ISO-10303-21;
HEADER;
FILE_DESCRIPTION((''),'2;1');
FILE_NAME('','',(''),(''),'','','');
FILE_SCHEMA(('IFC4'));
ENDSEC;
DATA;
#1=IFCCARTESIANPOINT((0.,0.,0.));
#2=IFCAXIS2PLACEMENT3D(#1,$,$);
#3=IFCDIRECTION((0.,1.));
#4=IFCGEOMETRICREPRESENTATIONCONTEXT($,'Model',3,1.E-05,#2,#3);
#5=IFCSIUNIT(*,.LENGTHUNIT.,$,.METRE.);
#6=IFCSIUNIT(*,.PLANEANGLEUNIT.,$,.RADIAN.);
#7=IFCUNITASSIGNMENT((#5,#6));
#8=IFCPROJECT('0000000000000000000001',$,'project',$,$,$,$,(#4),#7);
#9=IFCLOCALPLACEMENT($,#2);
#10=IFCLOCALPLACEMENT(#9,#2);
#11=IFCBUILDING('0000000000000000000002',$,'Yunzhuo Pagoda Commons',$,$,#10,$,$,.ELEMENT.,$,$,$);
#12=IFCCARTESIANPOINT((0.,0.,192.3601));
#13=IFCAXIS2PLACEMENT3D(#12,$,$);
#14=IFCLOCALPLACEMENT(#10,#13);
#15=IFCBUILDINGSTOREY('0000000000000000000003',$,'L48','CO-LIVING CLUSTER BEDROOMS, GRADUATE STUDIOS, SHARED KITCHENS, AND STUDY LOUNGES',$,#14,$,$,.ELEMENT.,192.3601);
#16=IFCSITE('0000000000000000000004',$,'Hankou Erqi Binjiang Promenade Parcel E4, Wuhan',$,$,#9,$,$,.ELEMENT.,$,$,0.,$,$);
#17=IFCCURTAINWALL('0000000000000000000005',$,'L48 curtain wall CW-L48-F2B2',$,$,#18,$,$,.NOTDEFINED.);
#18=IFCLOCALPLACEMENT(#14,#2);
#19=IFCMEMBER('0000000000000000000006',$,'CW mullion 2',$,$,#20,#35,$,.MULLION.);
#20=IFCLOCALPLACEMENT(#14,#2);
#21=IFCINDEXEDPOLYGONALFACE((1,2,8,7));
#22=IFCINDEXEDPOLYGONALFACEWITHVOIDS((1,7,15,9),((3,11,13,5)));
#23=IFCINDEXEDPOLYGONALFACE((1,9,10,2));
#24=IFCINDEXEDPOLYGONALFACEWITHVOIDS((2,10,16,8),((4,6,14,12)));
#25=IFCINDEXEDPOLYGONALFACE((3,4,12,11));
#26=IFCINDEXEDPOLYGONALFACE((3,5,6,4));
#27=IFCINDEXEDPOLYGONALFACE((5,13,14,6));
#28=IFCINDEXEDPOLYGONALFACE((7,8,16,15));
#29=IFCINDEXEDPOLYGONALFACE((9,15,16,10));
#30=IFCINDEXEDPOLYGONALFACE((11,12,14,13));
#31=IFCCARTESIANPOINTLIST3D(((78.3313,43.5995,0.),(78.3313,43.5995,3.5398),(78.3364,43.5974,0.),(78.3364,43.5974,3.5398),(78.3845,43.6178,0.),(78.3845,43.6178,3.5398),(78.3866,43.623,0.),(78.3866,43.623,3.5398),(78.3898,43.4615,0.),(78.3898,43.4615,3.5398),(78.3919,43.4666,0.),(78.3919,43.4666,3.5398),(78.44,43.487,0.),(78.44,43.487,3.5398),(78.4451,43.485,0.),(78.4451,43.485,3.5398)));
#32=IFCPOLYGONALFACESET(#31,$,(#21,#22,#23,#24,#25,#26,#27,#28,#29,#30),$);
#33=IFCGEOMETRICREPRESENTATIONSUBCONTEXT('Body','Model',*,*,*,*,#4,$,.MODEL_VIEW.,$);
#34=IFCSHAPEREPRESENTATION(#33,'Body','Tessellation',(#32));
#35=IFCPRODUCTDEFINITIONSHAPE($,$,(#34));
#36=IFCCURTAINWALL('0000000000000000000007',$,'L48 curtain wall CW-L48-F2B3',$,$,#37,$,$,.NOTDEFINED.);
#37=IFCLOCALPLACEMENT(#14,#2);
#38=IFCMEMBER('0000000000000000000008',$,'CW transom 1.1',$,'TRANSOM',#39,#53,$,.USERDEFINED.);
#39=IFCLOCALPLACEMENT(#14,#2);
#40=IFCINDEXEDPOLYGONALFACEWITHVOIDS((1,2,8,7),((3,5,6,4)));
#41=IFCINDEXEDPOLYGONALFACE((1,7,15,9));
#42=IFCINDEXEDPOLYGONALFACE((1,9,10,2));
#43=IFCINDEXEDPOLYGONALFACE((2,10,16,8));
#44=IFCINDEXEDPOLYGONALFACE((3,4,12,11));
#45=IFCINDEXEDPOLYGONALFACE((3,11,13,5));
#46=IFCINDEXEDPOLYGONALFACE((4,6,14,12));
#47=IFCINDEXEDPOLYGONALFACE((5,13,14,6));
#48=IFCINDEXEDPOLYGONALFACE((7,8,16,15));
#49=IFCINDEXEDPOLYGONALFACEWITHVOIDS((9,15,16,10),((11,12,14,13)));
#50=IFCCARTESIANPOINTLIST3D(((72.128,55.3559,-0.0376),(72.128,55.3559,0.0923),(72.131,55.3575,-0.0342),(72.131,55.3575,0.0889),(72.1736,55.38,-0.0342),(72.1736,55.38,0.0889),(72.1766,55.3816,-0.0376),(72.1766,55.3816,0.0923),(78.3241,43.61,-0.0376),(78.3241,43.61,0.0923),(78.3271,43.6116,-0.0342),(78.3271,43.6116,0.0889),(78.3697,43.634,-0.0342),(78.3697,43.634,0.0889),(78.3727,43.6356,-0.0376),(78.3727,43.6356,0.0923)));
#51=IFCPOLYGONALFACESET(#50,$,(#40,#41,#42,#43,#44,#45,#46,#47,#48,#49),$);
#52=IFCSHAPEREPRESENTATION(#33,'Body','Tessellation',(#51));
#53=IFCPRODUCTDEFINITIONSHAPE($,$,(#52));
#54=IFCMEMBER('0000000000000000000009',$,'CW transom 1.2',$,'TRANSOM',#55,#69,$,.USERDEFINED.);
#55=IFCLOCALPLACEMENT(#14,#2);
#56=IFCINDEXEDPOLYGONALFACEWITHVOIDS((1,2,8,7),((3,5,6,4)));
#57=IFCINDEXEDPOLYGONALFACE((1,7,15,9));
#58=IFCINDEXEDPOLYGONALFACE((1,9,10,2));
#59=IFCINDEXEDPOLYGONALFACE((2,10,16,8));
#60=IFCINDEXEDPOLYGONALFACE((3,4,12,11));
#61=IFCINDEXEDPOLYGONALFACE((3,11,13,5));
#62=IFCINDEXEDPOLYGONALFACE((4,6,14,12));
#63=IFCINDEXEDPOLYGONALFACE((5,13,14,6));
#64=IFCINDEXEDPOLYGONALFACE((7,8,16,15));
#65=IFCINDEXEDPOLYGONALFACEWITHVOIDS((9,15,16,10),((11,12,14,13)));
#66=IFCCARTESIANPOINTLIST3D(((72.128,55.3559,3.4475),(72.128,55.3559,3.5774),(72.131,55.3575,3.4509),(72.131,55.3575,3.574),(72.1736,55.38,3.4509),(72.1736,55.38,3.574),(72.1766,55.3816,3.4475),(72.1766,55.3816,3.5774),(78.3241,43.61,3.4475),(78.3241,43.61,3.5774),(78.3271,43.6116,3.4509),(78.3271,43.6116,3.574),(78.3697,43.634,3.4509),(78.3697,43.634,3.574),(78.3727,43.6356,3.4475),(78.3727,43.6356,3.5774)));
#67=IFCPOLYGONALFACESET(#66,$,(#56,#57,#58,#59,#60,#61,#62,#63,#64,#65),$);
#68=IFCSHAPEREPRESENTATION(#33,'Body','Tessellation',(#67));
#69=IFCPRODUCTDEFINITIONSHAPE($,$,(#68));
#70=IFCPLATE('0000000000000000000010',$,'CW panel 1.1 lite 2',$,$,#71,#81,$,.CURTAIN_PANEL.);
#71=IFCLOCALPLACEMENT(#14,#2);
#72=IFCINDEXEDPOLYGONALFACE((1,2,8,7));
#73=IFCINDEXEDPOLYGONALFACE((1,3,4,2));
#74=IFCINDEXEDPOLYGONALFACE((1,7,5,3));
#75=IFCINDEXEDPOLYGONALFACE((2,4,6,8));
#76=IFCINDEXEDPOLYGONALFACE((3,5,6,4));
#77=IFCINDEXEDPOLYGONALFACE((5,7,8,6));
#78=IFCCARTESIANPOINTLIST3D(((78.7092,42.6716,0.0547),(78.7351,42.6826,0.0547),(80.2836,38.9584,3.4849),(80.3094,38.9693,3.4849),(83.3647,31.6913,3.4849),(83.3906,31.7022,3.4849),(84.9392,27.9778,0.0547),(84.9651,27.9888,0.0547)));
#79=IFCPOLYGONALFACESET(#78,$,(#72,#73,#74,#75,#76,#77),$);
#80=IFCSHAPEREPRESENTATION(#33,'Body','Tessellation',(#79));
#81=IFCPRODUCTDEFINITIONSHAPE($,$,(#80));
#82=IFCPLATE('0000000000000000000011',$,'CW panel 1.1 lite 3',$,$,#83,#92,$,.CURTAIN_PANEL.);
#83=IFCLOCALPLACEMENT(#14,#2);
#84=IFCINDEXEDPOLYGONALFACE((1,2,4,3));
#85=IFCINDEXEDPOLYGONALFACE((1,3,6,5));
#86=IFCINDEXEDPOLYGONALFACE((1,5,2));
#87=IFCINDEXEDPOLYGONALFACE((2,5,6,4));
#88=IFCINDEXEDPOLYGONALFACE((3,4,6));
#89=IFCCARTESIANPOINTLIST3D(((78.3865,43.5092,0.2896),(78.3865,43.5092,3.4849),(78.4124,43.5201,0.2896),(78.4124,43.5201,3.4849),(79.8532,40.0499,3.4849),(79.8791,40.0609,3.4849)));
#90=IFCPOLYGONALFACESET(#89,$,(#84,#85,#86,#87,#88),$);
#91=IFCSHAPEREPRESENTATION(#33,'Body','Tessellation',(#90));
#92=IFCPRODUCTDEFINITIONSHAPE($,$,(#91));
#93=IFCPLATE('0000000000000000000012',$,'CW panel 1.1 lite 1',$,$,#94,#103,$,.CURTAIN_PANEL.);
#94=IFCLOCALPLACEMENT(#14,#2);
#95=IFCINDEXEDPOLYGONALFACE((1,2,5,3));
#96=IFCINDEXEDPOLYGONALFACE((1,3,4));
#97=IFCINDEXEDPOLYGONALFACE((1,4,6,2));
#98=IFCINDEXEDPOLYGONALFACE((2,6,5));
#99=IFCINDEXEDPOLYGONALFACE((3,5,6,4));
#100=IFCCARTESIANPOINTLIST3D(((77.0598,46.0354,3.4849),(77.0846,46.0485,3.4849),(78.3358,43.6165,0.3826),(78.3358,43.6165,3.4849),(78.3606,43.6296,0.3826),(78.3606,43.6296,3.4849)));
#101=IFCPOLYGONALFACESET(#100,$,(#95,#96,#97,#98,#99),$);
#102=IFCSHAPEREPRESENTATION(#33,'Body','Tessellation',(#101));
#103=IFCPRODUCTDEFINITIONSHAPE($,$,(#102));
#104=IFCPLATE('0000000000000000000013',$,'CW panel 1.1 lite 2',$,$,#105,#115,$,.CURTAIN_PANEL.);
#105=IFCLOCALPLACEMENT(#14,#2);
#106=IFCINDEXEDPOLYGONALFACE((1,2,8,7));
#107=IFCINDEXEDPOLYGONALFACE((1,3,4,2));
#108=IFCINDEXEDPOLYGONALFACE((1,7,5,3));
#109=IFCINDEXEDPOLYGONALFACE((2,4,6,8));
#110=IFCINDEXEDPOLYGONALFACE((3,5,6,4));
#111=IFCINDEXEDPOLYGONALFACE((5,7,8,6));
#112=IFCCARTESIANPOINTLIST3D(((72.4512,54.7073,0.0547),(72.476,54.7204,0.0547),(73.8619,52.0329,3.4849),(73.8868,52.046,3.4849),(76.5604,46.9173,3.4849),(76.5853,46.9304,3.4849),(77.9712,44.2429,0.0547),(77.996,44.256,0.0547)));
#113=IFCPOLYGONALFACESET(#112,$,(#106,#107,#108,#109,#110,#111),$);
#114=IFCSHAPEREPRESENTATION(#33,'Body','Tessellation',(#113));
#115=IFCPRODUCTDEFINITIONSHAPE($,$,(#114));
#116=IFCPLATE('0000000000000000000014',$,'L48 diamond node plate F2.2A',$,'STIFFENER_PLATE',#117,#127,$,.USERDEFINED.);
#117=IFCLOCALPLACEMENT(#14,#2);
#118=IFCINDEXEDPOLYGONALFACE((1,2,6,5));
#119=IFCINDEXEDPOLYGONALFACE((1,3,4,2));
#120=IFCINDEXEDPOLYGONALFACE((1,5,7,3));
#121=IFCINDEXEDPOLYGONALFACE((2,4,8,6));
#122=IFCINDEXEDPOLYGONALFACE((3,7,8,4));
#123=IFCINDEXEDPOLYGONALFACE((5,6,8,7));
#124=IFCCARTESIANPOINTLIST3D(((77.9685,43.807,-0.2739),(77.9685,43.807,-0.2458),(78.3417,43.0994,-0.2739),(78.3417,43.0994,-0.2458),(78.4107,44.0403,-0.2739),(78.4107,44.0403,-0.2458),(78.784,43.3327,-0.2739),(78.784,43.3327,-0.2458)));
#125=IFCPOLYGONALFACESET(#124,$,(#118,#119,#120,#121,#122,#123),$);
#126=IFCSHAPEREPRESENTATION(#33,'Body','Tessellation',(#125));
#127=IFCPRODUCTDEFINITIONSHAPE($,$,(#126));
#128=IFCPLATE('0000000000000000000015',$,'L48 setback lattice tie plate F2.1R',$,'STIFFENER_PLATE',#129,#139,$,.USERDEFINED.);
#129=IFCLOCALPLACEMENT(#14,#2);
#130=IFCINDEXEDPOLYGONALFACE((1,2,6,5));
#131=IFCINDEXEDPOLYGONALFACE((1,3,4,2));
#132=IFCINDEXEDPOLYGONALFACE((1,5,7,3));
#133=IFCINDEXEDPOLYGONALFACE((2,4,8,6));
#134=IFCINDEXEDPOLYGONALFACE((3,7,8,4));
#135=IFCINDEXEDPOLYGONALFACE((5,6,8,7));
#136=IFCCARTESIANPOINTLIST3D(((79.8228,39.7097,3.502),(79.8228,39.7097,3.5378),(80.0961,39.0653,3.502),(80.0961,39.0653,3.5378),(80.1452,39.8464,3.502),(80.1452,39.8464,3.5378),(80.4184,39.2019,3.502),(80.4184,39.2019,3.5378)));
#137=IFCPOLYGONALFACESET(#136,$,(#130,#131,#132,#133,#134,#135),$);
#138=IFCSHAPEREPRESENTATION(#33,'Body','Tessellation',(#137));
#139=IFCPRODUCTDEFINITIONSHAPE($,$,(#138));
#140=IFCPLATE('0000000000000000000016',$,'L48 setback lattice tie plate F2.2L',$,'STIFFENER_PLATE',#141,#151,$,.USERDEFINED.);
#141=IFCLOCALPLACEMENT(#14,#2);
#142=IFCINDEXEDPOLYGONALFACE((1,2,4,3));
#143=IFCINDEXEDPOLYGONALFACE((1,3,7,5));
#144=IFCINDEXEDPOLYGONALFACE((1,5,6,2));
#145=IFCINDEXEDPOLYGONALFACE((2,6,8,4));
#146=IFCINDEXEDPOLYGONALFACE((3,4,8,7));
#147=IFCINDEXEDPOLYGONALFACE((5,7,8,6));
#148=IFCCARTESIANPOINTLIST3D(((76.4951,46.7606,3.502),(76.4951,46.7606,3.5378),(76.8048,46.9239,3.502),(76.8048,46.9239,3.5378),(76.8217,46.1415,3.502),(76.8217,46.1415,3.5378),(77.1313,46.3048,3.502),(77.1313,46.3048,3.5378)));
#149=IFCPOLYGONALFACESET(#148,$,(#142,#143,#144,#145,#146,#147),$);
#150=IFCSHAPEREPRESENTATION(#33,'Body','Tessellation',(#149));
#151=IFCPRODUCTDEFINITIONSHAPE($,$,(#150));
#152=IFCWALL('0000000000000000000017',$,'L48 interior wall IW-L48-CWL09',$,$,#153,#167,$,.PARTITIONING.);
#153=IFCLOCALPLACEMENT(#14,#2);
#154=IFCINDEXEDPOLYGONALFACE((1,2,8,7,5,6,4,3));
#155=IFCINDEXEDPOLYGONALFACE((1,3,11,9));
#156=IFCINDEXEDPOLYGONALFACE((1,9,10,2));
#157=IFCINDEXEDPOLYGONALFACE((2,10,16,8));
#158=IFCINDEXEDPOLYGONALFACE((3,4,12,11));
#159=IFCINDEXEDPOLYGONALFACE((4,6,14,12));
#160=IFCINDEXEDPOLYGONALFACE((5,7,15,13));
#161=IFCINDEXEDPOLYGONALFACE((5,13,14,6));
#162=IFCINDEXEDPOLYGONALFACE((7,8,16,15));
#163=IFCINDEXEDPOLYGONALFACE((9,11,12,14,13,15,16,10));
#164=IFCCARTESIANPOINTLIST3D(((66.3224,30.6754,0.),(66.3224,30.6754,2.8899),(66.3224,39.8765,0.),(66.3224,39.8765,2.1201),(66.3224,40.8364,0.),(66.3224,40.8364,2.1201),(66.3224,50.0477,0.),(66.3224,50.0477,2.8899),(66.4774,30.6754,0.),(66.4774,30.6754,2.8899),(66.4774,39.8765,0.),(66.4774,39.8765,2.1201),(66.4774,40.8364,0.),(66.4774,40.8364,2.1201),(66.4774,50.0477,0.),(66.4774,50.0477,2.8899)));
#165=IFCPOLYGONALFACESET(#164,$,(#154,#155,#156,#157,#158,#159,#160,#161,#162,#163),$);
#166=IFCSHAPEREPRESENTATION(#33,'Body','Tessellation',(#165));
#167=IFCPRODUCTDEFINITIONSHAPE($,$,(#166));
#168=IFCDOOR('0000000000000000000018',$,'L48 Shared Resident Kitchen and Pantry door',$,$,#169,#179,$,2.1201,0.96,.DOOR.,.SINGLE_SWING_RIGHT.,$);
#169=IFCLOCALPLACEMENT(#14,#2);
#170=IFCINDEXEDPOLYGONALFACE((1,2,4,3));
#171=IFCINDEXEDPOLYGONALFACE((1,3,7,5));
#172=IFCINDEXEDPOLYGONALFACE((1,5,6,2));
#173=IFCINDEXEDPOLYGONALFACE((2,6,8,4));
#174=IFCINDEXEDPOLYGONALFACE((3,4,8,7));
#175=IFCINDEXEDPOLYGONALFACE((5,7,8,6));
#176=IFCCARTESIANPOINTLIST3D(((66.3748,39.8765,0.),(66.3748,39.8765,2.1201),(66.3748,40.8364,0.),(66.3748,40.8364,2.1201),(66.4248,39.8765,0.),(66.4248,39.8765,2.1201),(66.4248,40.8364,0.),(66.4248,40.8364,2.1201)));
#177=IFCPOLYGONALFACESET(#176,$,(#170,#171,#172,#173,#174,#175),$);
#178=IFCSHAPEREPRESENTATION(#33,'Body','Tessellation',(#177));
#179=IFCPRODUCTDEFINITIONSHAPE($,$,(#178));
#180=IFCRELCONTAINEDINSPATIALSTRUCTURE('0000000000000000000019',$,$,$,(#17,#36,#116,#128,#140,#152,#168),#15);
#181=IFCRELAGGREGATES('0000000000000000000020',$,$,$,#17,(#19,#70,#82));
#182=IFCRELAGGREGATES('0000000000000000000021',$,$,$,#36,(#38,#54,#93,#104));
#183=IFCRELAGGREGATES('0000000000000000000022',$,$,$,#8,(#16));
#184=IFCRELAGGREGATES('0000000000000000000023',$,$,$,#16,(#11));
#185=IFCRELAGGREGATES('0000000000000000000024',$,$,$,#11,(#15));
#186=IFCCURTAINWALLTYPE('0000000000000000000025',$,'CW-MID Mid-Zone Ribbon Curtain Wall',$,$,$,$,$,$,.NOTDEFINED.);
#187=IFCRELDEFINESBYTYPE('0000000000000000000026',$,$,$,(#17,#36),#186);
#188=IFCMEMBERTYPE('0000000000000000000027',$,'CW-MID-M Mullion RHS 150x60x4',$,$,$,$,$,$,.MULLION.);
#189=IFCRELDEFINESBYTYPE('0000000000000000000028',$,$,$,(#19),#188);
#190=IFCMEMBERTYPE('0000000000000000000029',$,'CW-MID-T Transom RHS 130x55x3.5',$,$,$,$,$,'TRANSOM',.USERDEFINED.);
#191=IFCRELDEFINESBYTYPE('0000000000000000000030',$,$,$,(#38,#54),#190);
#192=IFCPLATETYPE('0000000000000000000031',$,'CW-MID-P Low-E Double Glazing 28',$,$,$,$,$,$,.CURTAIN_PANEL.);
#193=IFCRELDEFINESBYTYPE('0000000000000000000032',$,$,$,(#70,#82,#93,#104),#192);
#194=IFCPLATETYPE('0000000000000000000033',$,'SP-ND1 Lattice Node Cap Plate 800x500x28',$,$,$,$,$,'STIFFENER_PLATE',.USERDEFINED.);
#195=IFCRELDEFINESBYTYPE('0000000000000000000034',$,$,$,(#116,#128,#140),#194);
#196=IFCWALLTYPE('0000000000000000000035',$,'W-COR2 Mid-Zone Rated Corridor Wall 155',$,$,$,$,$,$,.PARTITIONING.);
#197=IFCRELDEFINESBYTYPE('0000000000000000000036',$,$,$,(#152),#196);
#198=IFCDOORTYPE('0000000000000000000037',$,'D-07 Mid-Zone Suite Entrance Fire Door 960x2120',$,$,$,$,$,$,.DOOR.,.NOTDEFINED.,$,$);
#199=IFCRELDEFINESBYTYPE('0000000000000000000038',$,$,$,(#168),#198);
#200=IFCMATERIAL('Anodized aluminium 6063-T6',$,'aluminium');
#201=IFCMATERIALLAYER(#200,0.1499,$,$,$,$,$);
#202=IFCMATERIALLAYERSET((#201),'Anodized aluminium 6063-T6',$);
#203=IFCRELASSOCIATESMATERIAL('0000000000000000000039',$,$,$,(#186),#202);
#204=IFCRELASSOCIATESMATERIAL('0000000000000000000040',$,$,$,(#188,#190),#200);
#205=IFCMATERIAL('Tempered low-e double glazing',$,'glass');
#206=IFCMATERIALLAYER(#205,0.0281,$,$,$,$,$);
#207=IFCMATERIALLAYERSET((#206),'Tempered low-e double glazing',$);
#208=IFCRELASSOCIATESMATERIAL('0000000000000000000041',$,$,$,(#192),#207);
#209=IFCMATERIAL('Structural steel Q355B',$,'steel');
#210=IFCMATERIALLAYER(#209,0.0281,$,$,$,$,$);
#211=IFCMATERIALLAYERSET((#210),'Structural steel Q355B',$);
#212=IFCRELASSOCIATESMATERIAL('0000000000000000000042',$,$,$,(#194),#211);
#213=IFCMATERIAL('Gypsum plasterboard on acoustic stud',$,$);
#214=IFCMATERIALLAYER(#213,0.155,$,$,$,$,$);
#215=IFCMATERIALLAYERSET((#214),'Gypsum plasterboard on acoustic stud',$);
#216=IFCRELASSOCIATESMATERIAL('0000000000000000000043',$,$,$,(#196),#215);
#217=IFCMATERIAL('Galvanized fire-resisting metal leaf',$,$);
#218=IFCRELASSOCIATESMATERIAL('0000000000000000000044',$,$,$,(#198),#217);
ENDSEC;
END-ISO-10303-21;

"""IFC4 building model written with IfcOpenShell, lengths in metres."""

from ifc_helpers import new_model, si_unit, direction, frame, frame_2d, origin, origin_with_axes, origin_2d, place, context, subcontext, project, spatial, polyline, rectangle, hollow_rectangle, outline, extrude, source, transform, mapped, material, layer, layer_set, material_profile, profile_set, type_object, element, fill, aggregate, save


model = new_model("IFC4")

# Units and contexts
model_context = context("Model", 3, precision=1e-05, world=origin(), true_north=direction((0.0, 1.0)))
body_context = subcontext(model_context, "Body", "Model", "MODEL_VIEW")
ifc_project = project(units=[si_unit("LENGTHUNIT", "METRE"), si_unit("PLANEANGLEUNIT", "RADIAN")], contexts=[model_context])

# Site, building, storey
site_placement = place(None, origin())
site = spatial("IfcSite", under=ifc_project, at=site_placement, Name="Hankou Erqi Binjiang Promenade Parcel E4, Wuhan", CompositionType="ELEMENT", RefElevation=0.0)
building_placement = place(site_placement, origin())
building = spatial("IfcBuilding", under=site, at=building_placement, Name="Yunzhuo Pagoda Commons", CompositionType="ELEMENT")
storey_placement = place(building_placement, frame((0.0, 0.0, 192.3601)))
storey = spatial("IfcBuildingStorey", under=building, at=storey_placement, Name="L48", Description="CO-LIVING CLUSTER BEDROOMS, GRADUATE STUDIOS, SHARED KITCHENS, AND STUDY LOUNGES", CompositionType="ELEMENT", Elevation=192.3601)

# Shared definitions
ifc_material_1 = material(Name="Structural steel Q355B", Category="steel")

# Curtain wall, member
ifc_material_2 = material(Name="Anodized aluminium 6063-T6", Category="aluminium")
ifc_layer_1 = layer(ifc_material_2, 0.1499)
ifc_layer_set_1 = layer_set([ifc_layer_1], Name="Anodized aluminium 6063-T6")
curtain_wall_type = type_object("IfcCurtainWallType", Name="CW-MID Mid-Zone Ribbon Curtain Wall", PredefinedType="NOTDEFINED", material=ifc_layer_set_1)
curtain_wall_1_placement = place(storey_placement, origin())
curtain_wall_1 = element("IfcCurtainWall", 1, at=curtain_wall_1_placement, inside=storey, type_object=curtain_wall_type, Name="L48 curtain wall CW-L48-F2B2", PredefinedType="NOTDEFINED")
ifc_material_profile_1 = material_profile(ifc_material_2, hollow_rectangle(XDim=0.0601, YDim=0.1499, WallThickness=0.0039, at=origin_2d()), Name="Anodized aluminium 6063-T6")
ifc_profile_set_1 = profile_set([ifc_material_profile_1], Name="Anodized aluminium 6063-T6")
member_type_1 = type_object("IfcMemberType", Name="CW-MID-M Mullion RHS 150x60x4", PredefinedType="MULLION", material=ifc_profile_set_1)
shared_shape_1 = source(origin(), body_context, "Body", "SweptSolid", [
    extrude(hollow_rectangle(XDim=0.0601, YDim=0.1499, WallThickness=0.0039, at=origin_2d()), origin(), (0.0, 0.0, 1.0), 3.5398),
])
member_1_placement = place(storey_placement, frame((78.3882, 43.5422, 0.0), z_axis=(0.0, 0.0, 1.0), x_axis=(-0.920667, -0.39035, 0.0)))
member_1 = element("IfcMember", 2, at=member_1_placement, type_object=member_type_1, Name="CW mullion 2", PredefinedType="MULLION", context=body_context, shape_type="MappedRepresentation", body=[
    mapped(shared_shape_1, transform((0.0, 0.0, 0.0), scale=1.0)),
])

# Curtain wall, members
curtain_wall_2_placement = place(storey_placement, origin())
curtain_wall_2 = element("IfcCurtainWall", 3, at=curtain_wall_2_placement, inside=storey, type_object=curtain_wall_type, Name="L48 curtain wall CW-L48-F2B3", PredefinedType="NOTDEFINED")
ifc_material_profile_2 = material_profile(ifc_material_2, hollow_rectangle(XDim=0.0549, YDim=0.1299, WallThickness=0.0034, at=origin_2d()), Name="Anodized aluminium 6063-T6")
ifc_profile_set_2 = profile_set([ifc_material_profile_2], Name="Anodized aluminium 6063-T6")
member_type_2 = type_object("IfcMemberType", Name="CW-MID-T Transom RHS 130x55x3.5", ElementType="TRANSOM", PredefinedType="USERDEFINED", material=ifc_profile_set_2)
shared_shape_2 = source(origin(), body_context, "Body", "SweptSolid", [
    extrude(hollow_rectangle(XDim=0.0549, YDim=0.1299, WallThickness=0.0034, at=origin_2d()), origin(), (0.0, 0.0, 1.0), 13.28),
])
member_2_placement = place(storey_placement, frame((78.3484, 43.6228, 0.0273), z_axis=(-0.466573, 0.884483, 0.0), x_axis=(-0.884483, -0.466573, 0.0)))
member_2 = element("IfcMember", 4, at=member_2_placement, type_object=member_type_2, Name="CW transom 1.1", ObjectType="TRANSOM", PredefinedType="USERDEFINED", context=body_context, shape_type="MappedRepresentation", body=[
    mapped(shared_shape_2, transform((0.0, 0.0, 0.0), scale=1.0)),
])
member_3_placement = place(storey_placement, frame((78.3484, 43.6228, 3.5125), z_axis=(-0.466573, 0.884483, 0.0), x_axis=(-0.884483, -0.466573, 0.0)))
member_3 = element("IfcMember", 5, at=member_3_placement, type_object=member_type_2, Name="CW transom 1.2", ObjectType="TRANSOM", PredefinedType="USERDEFINED", context=body_context, shape_type="MappedRepresentation", body=[
    mapped(shared_shape_2, transform((0.0, 0.0, 0.0), scale=1.0)),
])

# Plates
ifc_material_3 = material(Name="Tempered low-e double glazing", Category="glass")
ifc_layer_2 = layer(ifc_material_3, 0.0281)
ifc_layer_set_2 = layer_set([ifc_layer_2], Name="Tempered low-e double glazing")
plate_type_1 = type_object("IfcPlateType", Name="CW-MID-P Low-E Double Glazing 28", PredefinedType="CURTAIN_PANEL", material=ifc_layer_set_2)
plate_1_placement = place(storey_placement, frame((81.8242, 35.3247, 1.7698), z_axis=(0.920667, 0.39035, 0.0), x_axis=(-0.39035, 0.920667, 0.0)))
plate_1 = element("IfcPlate", 6, at=plate_1_placement, type_object=plate_type_1, Name="CW panel 1.1 lite 2", PredefinedType="CURTAIN_PANEL", context=body_context, shape_type="SweptSolid", body=[
    extrude(outline(polyline([(-7.98, -1.7151), (7.98, -1.7151), (3.9468, 1.7151), (-3.9465, 1.7151), (-7.98, -1.7151)])), origin(), (0.0, 0.0, 1.0), 0.0281),
])
plate_2_placement = place(storey_placement, frame((79.1199, 41.7795, 1.8872), z_axis=(0.920667, 0.39035, 0.0), x_axis=(-0.39035, 0.920667, 0.0)))
plate_2 = element("IfcPlate", 7, at=plate_2_placement, type_object=plate_type_1, Name="CW panel 1.1 lite 3", PredefinedType="CURTAIN_PANEL", context=body_context, shape_type="SweptSolid", body=[
    extrude(outline(polyline([(-1.8787, 1.5977), (1.8787, -1.5977), (1.8787, 1.5977), (-1.8787, 1.5977)])), origin(), (0.0, 0.0, 1.0), 0.0281),
])
aggregate(curtain_wall_1, [member_1, plate_1, plate_2])
plate_3_placement = place(storey_placement, frame((77.6978, 44.8259, 1.9338), z_axis=(0.884484, 0.466571, 0.0), x_axis=(-0.466571, 0.884484, 0.0)))
plate_3 = element("IfcPlate", 8, at=plate_3_placement, type_object=plate_type_1, Name="CW panel 1.1 lite 1", PredefinedType="CURTAIN_PANEL", context=body_context, shape_type="SweptSolid", body=[
    extrude(outline(polyline([(-1.3674, -1.5513), (1.3674, 1.551), (-1.3674, 1.551), (-1.3674, -1.5513)])), origin(), (0.0, 0.0, 1.0), 0.0281),
])
plate_4_placement = place(storey_placement, frame((75.2112, 49.4751, 1.7698), z_axis=(0.884484, 0.466571, 0.0), x_axis=(-0.466571, 0.884484, 0.0)))
plate_4 = element("IfcPlate", 9, at=plate_4_placement, type_object=plate_type_1, Name="CW panel 1.1 lite 2", PredefinedType="CURTAIN_PANEL", context=body_context, shape_type="SweptSolid", body=[
    extrude(outline(polyline([(-5.9155, -1.7151), (5.9155, -1.7151), (2.8918, 1.7151), (-2.8918, 1.7151), (-5.9155, -1.7151)])), origin(), (0.0, 0.0, 1.0), 0.0281),
])
aggregate(curtain_wall_2, [member_2, member_3, plate_3, plate_4])

# Plates
ifc_layer_3 = layer(ifc_material_1, 0.0281)
ifc_layer_set_3 = layer_set([ifc_layer_3], Name="Structural steel Q355B")
plate_type_2 = type_object("IfcPlateType", Name="SP-ND1 Lattice Node Cap Plate 800x500x28", ElementType="STIFFENER_PLATE", PredefinedType="USERDEFINED", material=ifc_layer_set_3)
shared_shape_3 = source(origin(), body_context, "Body", "SweptSolid", [
    extrude(rectangle(XDim=0.8, YDim=0.5, at=origin_2d()), origin(), (0.0, 0.0, 1.0), 0.0281),
])
plate_5_placement = place(storey_placement, frame((78.3762, 43.5698, -0.2739), z_axis=(0.0, 0.0, 1.0), x_axis=(-0.466572, 0.884483, 0.0)))
element("IfcPlate", 10, at=plate_5_placement, inside=storey, type_object=plate_type_2, Name="L48 diamond node plate F2.2A", ObjectType="STIFFENER_PLATE", PredefinedType="USERDEFINED", context=body_context, shape_type="MappedRepresentation", body=[
    mapped(shared_shape_3, transform((0.0, 0.0, 0.0), scale=1.0)),
])
shared_shape_4 = source(origin(), body_context, "Body", "SweptSolid", [
    extrude(rectangle(XDim=0.7, YDim=0.3501, at=origin_2d()), origin(), (0.0, 0.0, 1.0), 0.0359),
])
for number, where, z_axis, x_axis, name in (
    (11, (80.1206, 39.4558, 3.502), (0.0, 0.0, 1.0), (-0.390346, 0.920668, 0.0), "L48 setback lattice tie plate F2.1R"),
    (12, (76.8132, 46.5327, 3.502), (0.0, 0.0, 1.0), (-0.466572, 0.884483, 0.0), "L48 setback lattice tie plate F2.2L"),
):
    element("IfcPlate", number, at=place(storey_placement, frame(where, z_axis=z_axis, x_axis=x_axis)), inside=storey, type_object=plate_type_2, Name=name, ObjectType="STIFFENER_PLATE", PredefinedType="USERDEFINED", context=body_context, shape_type="MappedRepresentation", body=[
        mapped(shared_shape_4, transform((0.0, 0.0, 0.0), scale=1.0)),
    ])

# Wall, opening, door
ifc_material_4 = material(Name="Gypsum plasterboard on acoustic stud")
ifc_layer_4 = layer(ifc_material_4, 0.155)
ifc_layer_set_4 = layer_set([ifc_layer_4], Name="Gypsum plasterboard on acoustic stud")
wall_type_1 = type_object("IfcWallType", Name="W-COR2 Mid-Zone Rated Corridor Wall 155", PredefinedType="PARTITIONING", material=ifc_layer_set_4)
wall_1_placement = place(storey_placement, frame((66.3999, 50.0476, 0.0), z_axis=(0.0, 0.0, 1.0), x_axis=(0.0, -1.0, 0.0)))
wall_1 = element("IfcWall", 13, at=wall_1_placement, inside=storey, type_object=wall_type_1, Name="L48 interior wall IW-L48-CWL09", PredefinedType="PARTITIONING", context=body_context, shape_type="SweptSolid", body=[
    extrude(rectangle(XDim=19.3723, YDim=0.155, at=frame_2d((9.686, 0.0))), origin(), (0.0, 0.0, 1.0), 2.8899),
])
opening_placement = place(wall_1_placement, frame((9.2112, 0.0, 0.0)))
opening = element("IfcOpeningElement", 14, at=opening_placement, cuts=wall_1, PredefinedType="OPENING", context=body_context, shape_type="SweptSolid", body=[
    extrude(rectangle(XDim=0.96, YDim=2.1201, at=frame_2d((0.48, 1.0601))), frame((0.0, 0.0874, 0.0), z_axis=(0.0, -1.0, 0.0), x_axis=(1.0, 0.0, 0.0)), (0.0, 0.0, 1.0), 0.175),
])
ifc_material_5 = material(Name="Galvanized fire-resisting metal leaf")
door_type = type_object("IfcDoorType", Name="D-07 Mid-Zone Suite Entrance Fire Door 960x2120", OperationType="NOTDEFINED", PredefinedType="DOOR", material=ifc_material_5)
shared_shape_5 = source(origin(), body_context, "Body", "SweptSolid", [
    extrude(rectangle(XDim=0.96, YDim=2.1201, at=frame_2d((0.48, 1.0601))), frame((0.0, 0.0249, 0.0), z_axis=(0.0, -1.0, 0.0), x_axis=(1.0, 0.0, 0.0)), (0.0, 0.0, 1.0), 0.05),
])
door_placement = place(opening_placement, origin_with_axes())
door = element("IfcDoor", 15, at=door_placement, inside=storey, type_object=door_type, Name="L48 Shared Resident Kitchen and Pantry door", OperationType="SINGLE_SWING_RIGHT", OverallHeight=2.1201, OverallWidth=0.96, PredefinedType="DOOR", context=body_context, shape_type="MappedRepresentation", body=[
    mapped(shared_shape_5, transform((0.0, 0.0, 0.0), scale=1.0)),
])
fill(opening, door)

save(model, "model.ifc")
